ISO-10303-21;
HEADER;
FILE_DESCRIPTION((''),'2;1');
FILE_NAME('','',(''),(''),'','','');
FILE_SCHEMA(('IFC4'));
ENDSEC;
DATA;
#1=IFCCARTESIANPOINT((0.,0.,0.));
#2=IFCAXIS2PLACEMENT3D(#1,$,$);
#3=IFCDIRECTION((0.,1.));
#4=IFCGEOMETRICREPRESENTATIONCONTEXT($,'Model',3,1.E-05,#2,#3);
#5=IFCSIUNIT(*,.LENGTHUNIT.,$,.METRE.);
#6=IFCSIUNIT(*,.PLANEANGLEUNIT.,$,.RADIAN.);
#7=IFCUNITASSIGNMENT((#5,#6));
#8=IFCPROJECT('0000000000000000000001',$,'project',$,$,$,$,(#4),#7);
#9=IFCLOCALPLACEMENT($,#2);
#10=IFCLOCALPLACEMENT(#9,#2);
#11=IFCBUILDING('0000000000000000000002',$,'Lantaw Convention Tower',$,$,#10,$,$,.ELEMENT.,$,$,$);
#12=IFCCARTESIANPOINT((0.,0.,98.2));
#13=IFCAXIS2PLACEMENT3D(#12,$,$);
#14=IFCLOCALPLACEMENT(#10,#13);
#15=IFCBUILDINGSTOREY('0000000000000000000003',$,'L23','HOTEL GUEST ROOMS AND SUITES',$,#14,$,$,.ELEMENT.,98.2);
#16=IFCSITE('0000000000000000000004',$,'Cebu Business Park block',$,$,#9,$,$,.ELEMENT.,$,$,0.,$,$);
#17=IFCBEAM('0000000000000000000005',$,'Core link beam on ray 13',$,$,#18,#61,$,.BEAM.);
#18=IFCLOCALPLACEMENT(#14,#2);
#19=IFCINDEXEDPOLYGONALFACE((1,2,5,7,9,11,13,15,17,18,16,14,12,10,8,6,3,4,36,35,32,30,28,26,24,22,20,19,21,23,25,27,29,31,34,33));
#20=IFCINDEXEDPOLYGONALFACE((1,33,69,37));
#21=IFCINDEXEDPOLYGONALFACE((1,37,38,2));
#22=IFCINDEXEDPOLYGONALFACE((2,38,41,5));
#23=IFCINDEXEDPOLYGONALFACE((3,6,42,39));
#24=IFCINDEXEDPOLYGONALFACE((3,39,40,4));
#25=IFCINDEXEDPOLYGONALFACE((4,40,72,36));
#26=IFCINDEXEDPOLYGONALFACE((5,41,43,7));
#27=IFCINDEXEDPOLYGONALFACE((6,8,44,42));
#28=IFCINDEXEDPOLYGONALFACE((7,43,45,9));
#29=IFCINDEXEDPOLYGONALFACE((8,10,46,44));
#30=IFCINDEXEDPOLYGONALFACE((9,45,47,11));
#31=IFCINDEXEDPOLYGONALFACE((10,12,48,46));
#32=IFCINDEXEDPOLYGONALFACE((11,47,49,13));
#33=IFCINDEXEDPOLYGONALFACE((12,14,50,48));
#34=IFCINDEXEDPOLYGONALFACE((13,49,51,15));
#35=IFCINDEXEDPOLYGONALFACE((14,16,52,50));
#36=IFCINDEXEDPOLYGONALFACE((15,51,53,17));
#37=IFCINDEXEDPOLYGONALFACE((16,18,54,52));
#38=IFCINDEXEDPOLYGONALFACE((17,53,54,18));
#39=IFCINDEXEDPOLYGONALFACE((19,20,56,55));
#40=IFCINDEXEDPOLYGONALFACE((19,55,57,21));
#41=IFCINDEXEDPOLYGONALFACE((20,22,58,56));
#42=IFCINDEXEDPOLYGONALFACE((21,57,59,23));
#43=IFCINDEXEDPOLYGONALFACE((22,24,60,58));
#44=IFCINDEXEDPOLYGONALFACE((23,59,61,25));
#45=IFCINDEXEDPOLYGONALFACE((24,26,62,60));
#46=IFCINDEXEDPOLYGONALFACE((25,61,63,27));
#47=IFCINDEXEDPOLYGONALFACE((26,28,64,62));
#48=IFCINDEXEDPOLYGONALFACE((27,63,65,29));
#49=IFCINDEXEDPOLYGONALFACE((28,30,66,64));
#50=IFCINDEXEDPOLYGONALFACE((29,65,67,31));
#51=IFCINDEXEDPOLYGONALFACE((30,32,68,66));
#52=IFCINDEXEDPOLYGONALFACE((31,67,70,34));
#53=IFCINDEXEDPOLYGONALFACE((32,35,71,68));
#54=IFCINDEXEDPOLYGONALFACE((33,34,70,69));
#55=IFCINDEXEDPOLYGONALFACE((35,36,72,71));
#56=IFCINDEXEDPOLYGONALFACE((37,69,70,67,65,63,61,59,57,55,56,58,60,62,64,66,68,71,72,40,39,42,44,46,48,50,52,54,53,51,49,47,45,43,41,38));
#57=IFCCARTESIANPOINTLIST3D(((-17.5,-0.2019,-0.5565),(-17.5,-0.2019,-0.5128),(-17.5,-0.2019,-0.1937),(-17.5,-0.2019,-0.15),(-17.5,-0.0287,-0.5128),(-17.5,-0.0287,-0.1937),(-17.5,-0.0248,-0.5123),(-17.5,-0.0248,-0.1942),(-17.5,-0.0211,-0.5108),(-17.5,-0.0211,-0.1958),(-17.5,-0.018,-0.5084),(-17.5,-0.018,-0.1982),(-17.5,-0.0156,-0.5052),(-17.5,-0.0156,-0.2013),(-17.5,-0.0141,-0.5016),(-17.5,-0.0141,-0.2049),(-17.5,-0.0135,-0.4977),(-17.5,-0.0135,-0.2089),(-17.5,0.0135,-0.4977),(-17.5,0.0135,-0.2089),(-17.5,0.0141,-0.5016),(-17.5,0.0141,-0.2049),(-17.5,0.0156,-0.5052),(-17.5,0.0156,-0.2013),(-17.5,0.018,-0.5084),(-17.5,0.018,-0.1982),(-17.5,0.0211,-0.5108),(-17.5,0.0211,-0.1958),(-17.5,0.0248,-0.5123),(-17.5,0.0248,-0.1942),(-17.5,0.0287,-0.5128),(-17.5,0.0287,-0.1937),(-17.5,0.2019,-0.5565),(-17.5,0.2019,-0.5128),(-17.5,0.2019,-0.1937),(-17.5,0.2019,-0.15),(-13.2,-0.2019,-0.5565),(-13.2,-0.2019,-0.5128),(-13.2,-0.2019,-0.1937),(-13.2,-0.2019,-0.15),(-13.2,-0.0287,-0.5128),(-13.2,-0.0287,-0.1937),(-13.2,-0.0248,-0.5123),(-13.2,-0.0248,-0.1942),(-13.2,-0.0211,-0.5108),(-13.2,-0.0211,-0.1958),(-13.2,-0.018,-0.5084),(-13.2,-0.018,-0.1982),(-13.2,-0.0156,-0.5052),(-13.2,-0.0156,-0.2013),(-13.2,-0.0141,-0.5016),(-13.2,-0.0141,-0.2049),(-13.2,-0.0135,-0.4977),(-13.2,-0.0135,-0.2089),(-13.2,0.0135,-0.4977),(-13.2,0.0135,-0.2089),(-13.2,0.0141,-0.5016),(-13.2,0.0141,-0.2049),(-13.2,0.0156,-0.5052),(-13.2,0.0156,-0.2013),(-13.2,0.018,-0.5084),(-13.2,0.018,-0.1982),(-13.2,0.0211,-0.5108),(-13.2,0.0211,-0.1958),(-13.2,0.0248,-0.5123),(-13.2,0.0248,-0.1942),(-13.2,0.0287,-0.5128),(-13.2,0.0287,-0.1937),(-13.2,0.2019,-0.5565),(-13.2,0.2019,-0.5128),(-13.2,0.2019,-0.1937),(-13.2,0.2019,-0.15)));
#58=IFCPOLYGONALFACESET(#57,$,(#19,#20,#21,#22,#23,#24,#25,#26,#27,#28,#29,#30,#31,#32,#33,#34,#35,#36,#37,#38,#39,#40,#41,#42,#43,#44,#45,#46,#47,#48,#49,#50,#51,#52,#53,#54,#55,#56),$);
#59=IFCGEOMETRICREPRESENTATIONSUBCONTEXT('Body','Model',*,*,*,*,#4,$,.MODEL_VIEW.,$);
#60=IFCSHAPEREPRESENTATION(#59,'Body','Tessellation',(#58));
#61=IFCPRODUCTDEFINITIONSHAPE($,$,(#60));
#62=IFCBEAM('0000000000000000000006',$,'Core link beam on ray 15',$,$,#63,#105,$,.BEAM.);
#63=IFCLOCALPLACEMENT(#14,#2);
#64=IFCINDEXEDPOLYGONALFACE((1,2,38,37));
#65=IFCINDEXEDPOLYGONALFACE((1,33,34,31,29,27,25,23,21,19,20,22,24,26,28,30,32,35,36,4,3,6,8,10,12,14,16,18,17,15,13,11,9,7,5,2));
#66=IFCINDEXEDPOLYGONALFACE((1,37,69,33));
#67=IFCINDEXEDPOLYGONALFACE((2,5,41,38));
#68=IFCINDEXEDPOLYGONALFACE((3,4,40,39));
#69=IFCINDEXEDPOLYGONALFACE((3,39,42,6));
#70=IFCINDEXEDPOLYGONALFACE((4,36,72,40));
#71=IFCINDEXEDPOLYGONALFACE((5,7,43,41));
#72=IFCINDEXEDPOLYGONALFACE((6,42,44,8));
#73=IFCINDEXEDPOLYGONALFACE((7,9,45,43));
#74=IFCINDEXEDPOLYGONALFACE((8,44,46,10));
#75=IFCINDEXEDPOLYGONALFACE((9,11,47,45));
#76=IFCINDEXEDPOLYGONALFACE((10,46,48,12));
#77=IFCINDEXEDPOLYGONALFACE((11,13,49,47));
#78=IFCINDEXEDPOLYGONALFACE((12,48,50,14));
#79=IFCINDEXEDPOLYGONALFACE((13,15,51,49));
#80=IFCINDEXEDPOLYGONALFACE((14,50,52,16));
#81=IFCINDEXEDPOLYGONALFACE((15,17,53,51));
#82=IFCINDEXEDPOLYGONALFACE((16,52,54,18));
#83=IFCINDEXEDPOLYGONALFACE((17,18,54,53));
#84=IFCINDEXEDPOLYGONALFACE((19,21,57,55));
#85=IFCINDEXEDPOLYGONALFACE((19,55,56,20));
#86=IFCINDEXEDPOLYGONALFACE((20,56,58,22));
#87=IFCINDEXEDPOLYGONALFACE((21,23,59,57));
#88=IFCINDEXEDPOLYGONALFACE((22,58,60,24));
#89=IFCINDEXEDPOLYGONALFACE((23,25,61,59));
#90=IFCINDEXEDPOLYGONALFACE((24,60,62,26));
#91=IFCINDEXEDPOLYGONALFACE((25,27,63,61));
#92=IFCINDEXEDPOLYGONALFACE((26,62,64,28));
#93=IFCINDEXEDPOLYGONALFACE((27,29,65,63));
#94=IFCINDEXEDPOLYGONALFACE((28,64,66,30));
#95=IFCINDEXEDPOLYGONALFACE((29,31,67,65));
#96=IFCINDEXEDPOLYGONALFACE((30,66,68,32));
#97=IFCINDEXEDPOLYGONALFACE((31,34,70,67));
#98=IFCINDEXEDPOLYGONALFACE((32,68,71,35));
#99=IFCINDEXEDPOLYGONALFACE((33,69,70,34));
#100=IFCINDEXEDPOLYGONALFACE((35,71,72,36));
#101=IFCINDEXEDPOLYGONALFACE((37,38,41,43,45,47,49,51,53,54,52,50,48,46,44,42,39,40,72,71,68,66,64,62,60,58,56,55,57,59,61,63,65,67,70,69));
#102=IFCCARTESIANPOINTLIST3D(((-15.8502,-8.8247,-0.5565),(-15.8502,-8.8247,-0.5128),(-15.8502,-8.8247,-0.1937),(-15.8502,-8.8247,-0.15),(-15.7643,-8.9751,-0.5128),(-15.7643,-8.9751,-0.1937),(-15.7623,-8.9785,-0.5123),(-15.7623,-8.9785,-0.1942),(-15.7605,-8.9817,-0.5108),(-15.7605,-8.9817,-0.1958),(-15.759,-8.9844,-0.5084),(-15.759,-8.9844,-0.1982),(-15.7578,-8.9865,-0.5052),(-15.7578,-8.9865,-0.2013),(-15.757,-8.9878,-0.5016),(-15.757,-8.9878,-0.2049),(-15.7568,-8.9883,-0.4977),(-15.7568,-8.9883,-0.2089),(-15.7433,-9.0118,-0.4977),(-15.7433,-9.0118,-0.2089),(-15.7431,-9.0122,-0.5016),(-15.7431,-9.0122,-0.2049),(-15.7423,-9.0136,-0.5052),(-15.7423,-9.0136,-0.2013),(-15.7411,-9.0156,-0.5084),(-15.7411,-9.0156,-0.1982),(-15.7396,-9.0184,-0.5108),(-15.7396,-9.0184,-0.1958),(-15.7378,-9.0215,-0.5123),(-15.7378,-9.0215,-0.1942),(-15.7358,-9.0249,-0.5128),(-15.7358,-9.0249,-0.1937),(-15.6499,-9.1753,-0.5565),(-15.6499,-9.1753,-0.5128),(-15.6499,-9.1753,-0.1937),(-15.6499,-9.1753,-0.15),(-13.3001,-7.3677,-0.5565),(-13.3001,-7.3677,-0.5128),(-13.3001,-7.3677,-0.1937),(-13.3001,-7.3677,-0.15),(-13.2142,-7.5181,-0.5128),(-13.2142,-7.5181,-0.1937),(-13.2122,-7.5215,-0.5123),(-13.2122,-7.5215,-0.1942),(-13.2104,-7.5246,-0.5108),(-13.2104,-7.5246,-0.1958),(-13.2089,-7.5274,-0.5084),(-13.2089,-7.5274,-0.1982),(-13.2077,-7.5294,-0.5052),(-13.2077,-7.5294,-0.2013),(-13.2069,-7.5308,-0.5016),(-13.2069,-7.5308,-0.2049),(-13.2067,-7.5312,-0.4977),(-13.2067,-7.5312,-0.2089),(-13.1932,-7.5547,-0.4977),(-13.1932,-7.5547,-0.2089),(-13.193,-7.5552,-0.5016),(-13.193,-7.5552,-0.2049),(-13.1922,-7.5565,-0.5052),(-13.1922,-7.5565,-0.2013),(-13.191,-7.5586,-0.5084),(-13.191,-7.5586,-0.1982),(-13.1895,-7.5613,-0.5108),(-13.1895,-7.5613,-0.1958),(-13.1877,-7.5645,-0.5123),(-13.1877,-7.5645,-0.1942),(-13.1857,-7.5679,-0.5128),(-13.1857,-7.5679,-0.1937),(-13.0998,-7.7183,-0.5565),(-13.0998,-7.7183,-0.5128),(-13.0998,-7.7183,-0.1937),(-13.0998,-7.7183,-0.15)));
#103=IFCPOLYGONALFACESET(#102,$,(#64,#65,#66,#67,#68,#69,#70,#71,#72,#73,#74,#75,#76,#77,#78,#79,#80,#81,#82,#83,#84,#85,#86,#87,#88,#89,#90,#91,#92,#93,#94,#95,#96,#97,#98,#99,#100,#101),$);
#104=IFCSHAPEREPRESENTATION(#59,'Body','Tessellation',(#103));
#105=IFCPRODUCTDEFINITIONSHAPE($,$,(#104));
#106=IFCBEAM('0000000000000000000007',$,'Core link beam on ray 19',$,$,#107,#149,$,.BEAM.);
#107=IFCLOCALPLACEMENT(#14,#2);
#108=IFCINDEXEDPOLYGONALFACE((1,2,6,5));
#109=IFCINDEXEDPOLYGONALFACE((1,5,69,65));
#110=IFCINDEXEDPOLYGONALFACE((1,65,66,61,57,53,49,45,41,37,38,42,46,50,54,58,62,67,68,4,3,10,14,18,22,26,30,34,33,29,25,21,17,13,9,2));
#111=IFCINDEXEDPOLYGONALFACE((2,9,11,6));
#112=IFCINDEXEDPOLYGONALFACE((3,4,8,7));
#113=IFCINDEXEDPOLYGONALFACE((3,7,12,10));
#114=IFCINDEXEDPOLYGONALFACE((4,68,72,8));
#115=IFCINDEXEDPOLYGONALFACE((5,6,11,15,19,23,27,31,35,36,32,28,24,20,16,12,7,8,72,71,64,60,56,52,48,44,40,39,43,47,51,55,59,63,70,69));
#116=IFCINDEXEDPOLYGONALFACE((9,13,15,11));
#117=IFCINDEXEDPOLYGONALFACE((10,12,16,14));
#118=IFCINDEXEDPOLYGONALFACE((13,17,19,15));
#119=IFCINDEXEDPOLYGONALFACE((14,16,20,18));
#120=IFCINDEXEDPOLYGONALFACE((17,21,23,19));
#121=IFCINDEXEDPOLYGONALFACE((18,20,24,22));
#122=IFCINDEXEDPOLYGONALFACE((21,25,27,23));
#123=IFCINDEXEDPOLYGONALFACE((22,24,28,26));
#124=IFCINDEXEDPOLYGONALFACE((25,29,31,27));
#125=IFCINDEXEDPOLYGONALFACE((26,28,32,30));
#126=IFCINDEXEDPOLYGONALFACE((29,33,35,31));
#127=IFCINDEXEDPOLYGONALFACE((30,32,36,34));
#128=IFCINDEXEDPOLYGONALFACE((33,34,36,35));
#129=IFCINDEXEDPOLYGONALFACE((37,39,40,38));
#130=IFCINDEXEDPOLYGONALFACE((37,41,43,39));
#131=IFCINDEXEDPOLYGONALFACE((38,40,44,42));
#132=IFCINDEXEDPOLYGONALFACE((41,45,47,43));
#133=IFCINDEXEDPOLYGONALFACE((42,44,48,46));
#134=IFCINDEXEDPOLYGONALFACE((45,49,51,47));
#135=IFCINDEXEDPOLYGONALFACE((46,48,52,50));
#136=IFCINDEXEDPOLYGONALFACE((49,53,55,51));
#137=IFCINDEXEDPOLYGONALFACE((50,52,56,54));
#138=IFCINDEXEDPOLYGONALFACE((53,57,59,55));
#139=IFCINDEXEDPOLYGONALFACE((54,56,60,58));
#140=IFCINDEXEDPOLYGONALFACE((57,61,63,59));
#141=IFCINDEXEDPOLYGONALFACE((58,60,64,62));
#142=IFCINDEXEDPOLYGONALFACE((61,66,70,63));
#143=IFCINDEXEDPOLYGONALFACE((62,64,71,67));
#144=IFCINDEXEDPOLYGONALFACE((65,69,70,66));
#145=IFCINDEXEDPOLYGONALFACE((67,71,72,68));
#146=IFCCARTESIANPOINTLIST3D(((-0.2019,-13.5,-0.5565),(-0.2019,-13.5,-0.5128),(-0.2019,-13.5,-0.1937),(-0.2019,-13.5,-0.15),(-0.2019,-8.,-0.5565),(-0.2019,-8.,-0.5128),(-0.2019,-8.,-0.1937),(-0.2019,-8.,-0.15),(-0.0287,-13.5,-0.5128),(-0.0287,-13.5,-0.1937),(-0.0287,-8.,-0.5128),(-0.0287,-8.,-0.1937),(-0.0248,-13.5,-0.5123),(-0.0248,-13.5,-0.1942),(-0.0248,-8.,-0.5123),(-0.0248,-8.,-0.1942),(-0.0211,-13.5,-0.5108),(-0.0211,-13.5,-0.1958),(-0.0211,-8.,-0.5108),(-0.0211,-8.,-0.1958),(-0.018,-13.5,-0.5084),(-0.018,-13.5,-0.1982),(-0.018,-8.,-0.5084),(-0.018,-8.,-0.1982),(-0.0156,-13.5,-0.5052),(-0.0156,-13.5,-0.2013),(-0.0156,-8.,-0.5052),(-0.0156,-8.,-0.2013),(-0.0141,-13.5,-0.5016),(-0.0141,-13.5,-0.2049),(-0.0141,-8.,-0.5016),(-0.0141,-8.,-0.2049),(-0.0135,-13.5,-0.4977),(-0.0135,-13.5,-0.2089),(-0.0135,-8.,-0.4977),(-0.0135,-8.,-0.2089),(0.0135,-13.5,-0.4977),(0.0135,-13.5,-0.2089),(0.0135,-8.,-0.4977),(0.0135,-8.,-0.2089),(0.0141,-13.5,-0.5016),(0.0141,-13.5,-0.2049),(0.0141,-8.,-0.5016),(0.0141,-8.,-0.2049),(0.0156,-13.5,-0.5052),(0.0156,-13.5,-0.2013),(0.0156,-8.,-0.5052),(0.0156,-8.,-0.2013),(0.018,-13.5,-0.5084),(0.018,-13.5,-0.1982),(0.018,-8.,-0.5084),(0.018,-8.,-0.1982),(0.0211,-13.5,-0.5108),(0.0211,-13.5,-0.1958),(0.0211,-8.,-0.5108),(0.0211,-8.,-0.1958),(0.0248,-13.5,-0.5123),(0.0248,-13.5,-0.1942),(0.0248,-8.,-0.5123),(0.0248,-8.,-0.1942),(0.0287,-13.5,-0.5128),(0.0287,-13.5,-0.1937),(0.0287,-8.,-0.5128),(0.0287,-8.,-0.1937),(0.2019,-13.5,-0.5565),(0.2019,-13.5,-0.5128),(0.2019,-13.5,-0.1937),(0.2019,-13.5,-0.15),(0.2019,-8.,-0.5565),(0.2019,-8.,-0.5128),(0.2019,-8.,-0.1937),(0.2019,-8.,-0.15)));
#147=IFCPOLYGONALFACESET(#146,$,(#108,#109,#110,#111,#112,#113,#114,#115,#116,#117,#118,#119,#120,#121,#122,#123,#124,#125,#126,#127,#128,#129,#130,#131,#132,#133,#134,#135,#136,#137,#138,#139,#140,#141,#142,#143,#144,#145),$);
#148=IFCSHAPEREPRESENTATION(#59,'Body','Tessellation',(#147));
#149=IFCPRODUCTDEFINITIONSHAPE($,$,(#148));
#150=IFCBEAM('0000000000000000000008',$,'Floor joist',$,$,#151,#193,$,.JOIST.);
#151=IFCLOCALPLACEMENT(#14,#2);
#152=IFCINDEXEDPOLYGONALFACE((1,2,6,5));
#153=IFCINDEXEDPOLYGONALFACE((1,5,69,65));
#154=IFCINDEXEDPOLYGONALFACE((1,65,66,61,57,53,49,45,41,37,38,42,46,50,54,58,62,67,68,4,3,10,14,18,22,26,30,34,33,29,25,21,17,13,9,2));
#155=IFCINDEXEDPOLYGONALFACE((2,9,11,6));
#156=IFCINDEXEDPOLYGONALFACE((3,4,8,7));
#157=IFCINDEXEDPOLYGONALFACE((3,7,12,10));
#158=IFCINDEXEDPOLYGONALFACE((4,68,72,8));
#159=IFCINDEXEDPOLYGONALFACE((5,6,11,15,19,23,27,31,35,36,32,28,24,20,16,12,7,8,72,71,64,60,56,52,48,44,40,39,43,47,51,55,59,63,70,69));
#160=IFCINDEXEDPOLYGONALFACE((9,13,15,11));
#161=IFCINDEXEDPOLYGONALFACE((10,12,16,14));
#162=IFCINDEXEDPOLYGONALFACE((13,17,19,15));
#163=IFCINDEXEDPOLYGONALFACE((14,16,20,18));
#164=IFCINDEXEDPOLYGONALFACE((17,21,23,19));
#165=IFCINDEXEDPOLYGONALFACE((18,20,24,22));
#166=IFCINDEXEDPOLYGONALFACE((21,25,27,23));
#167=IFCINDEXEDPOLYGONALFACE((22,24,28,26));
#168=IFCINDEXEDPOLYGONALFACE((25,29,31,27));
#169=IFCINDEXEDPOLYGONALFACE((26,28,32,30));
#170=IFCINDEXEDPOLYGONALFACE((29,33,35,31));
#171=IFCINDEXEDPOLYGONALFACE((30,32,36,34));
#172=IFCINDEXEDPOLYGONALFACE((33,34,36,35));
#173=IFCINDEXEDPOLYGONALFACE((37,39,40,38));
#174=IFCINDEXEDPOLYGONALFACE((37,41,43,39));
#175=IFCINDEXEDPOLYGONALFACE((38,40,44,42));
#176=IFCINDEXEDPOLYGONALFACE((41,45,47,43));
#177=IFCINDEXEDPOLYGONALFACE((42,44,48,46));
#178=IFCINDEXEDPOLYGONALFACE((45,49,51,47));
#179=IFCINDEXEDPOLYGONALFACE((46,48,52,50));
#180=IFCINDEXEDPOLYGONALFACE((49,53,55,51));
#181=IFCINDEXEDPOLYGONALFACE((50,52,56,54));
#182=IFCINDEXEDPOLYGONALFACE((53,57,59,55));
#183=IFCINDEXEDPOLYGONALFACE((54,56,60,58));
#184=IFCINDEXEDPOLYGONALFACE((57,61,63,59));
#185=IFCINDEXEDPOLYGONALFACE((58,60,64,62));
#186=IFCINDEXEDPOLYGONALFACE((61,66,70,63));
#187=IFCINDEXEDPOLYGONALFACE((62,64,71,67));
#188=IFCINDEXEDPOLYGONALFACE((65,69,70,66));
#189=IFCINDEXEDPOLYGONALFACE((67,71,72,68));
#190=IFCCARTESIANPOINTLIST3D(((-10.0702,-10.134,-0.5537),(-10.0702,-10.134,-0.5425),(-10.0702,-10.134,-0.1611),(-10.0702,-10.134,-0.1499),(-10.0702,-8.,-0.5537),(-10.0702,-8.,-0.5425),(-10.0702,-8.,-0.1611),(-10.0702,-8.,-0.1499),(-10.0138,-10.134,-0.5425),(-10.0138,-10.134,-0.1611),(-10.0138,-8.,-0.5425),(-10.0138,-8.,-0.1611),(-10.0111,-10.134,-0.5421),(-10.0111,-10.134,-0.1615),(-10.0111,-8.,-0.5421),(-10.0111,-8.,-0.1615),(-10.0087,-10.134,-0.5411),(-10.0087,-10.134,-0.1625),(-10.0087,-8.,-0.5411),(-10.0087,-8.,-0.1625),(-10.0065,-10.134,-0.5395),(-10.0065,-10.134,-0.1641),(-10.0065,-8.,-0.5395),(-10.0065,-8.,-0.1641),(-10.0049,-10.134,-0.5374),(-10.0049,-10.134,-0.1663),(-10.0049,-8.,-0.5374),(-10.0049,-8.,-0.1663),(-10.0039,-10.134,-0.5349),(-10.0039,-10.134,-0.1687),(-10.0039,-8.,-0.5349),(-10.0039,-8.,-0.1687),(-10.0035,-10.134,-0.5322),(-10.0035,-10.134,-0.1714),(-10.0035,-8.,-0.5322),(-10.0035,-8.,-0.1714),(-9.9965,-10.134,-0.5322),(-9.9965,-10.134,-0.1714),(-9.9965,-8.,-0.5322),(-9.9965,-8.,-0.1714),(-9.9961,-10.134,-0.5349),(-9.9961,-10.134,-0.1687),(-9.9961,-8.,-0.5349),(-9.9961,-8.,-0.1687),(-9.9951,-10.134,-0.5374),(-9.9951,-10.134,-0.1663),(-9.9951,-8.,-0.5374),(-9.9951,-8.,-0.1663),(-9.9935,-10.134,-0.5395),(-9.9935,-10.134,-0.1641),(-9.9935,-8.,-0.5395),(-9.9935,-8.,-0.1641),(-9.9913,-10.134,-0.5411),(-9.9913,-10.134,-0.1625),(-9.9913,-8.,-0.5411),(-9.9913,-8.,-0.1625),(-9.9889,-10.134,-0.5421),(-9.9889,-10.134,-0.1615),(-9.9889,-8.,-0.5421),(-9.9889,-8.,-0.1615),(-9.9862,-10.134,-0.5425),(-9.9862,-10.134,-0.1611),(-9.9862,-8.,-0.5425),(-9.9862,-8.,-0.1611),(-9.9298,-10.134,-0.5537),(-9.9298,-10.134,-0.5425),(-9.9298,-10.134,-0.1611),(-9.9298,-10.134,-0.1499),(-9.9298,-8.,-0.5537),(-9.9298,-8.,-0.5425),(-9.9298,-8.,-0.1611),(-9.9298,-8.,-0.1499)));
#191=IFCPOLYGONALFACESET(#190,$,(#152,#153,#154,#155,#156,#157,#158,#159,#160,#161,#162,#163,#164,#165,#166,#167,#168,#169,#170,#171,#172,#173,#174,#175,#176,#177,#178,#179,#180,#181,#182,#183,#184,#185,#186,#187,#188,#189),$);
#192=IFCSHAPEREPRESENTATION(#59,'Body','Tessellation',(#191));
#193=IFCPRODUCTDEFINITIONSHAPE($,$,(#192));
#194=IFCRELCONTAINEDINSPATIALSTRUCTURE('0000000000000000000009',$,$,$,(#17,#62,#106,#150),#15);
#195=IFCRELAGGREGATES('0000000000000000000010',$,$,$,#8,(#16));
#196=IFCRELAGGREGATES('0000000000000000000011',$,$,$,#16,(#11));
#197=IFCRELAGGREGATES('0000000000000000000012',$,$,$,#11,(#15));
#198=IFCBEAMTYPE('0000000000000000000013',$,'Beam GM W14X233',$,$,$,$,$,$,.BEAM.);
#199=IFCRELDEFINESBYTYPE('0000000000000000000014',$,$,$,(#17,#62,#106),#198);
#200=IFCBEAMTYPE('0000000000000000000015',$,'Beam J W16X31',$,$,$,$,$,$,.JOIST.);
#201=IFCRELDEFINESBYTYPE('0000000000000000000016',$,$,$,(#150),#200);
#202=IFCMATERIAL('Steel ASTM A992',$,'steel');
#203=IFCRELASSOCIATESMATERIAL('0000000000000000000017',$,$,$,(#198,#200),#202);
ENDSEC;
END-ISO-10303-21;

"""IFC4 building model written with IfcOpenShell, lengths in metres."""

from ifc_helpers import new_model, si_unit, direction, frame, origin, origin_2d, place, context, subcontext, project, spatial, i_section, extrude, material, material_profile, profile_set, type_object, element, save


model = new_model("IFC4")

# Units and contexts
model_context = context("Model", 3, precision=1e-05, world=origin(), true_north=direction((0.0, 1.0)))
body_context = subcontext(model_context, "Body", "Model", "MODEL_VIEW")
ifc_project = project(units=[si_unit("LENGTHUNIT", "METRE"), si_unit("PLANEANGLEUNIT", "RADIAN")], contexts=[model_context])

# Site, building, storey
site_placement = place(None, origin())
site = spatial("IfcSite", under=ifc_project, at=site_placement, Name="Cebu Business Park block", CompositionType="ELEMENT", RefElevation=0.0)
building_placement = place(site_placement, origin())
building = spatial("IfcBuilding", under=site, at=building_placement, Name="Lantaw Convention Tower", CompositionType="ELEMENT")
storey_placement = place(building_placement, frame((0.0, 0.0, 98.2)))
storey = spatial("IfcBuildingStorey", under=building, at=storey_placement, Name="L23", Description="HOTEL GUEST ROOMS AND SUITES", CompositionType="ELEMENT", Elevation=98.2)

# Beams
ifc_material_1 = material(Name="Steel ASTM A992", Category="steel")
ifc_material_profile_1 = material_profile(ifc_material_1, i_section(OverallWidth=0.4038, OverallDepth=0.4065, WebThickness=0.0271, FlangeThickness=0.0437, FilletRadius=0.0151, at=origin_2d()), Name="W14X233")
ifc_profile_set_1 = profile_set([ifc_material_profile_1], Name="Steel ASTM A992")
beam_type_1 = type_object("IfcBeamType", Name="Beam GM W14X233", PredefinedType="BEAM", material=ifc_profile_set_1)
beam_1_placement = place(storey_placement, frame((-13.2, 0.0, -0.3533), z_axis=(-1.0, 0.0, 0.0), x_axis=(0.0, -1.0, 0.0)))
element("IfcBeam", 1, at=beam_1_placement, inside=storey, type_object=beam_type_1, Name="Core link beam on ray 13", PredefinedType="BEAM", context=body_context, shape_type="SweptSolid", body=[
    extrude(i_section(OverallWidth=0.4038, OverallDepth=0.4065, WebThickness=0.0271, FlangeThickness=0.0437, FilletRadius=0.0151, at=origin_2d()), origin(), (0.0, 0.0, 1.0), 4.3),
])
beam_2_placement = place(storey_placement, frame((-13.2, -7.543, -0.3533), z_axis=(-0.868264, -0.496103, 0.0), x_axis=(0.496103, -0.868264, 0.0)))
element("IfcBeam", 2, at=beam_2_placement, inside=storey, type_object=beam_type_1, Name="Core link beam on ray 15", PredefinedType="BEAM", context=body_context, shape_type="SweptSolid", body=[
    extrude(i_section(OverallWidth=0.4038, OverallDepth=0.4065, WebThickness=0.0271, FlangeThickness=0.0437, FilletRadius=0.0151, at=origin_2d()), origin(), (0.0, 0.0, 1.0), 2.937),
])
beam_3_placement = place(storey_placement, frame((0.0, -8.0, -0.3533), z_axis=(0.0, -1.0, 0.0), x_axis=(1.0, 0.0, 0.0)))
element("IfcBeam", 3, at=beam_3_placement, inside=storey, type_object=beam_type_1, Name="Core link beam on ray 19", PredefinedType="BEAM", context=body_context, shape_type="SweptSolid", body=[
    extrude(i_section(OverallWidth=0.4038, OverallDepth=0.4065, WebThickness=0.0271, FlangeThickness=0.0437, FilletRadius=0.0151, at=origin_2d()), origin(), (0.0, 0.0, 1.0), 5.5),
])
ifc_material_profile_2 = material_profile(ifc_material_1, i_section(OverallWidth=0.1404, OverallDepth=0.4038, WebThickness=0.0071, FlangeThickness=0.0112, FilletRadius=0.0103, at=origin_2d()), Name="W16X31")
ifc_profile_set_2 = profile_set([ifc_material_profile_2], Name="Steel ASTM A992")
beam_type_2 = type_object("IfcBeamType", Name="Beam J W16X31", PredefinedType="JOIST", material=ifc_profile_set_2)
beam_4_placement = place(storey_placement, frame((-10.0, -10.134, -0.3518), z_axis=(0.0, 1.0, 0.0), x_axis=(-1.0, 0.0, 0.0)))
element("IfcBeam", 4, at=beam_4_placement, inside=storey, type_object=beam_type_2, Name="Floor joist", PredefinedType="JOIST", context=body_context, shape_type="SweptSolid", body=[
    extrude(i_section(OverallWidth=0.1404, OverallDepth=0.4038, WebThickness=0.0071, FlangeThickness=0.0112, FilletRadius=0.0103, at=origin_2d()), origin(), (0.0, 0.0, 1.0), 2.134),
])

save(model, "model.ifc")
